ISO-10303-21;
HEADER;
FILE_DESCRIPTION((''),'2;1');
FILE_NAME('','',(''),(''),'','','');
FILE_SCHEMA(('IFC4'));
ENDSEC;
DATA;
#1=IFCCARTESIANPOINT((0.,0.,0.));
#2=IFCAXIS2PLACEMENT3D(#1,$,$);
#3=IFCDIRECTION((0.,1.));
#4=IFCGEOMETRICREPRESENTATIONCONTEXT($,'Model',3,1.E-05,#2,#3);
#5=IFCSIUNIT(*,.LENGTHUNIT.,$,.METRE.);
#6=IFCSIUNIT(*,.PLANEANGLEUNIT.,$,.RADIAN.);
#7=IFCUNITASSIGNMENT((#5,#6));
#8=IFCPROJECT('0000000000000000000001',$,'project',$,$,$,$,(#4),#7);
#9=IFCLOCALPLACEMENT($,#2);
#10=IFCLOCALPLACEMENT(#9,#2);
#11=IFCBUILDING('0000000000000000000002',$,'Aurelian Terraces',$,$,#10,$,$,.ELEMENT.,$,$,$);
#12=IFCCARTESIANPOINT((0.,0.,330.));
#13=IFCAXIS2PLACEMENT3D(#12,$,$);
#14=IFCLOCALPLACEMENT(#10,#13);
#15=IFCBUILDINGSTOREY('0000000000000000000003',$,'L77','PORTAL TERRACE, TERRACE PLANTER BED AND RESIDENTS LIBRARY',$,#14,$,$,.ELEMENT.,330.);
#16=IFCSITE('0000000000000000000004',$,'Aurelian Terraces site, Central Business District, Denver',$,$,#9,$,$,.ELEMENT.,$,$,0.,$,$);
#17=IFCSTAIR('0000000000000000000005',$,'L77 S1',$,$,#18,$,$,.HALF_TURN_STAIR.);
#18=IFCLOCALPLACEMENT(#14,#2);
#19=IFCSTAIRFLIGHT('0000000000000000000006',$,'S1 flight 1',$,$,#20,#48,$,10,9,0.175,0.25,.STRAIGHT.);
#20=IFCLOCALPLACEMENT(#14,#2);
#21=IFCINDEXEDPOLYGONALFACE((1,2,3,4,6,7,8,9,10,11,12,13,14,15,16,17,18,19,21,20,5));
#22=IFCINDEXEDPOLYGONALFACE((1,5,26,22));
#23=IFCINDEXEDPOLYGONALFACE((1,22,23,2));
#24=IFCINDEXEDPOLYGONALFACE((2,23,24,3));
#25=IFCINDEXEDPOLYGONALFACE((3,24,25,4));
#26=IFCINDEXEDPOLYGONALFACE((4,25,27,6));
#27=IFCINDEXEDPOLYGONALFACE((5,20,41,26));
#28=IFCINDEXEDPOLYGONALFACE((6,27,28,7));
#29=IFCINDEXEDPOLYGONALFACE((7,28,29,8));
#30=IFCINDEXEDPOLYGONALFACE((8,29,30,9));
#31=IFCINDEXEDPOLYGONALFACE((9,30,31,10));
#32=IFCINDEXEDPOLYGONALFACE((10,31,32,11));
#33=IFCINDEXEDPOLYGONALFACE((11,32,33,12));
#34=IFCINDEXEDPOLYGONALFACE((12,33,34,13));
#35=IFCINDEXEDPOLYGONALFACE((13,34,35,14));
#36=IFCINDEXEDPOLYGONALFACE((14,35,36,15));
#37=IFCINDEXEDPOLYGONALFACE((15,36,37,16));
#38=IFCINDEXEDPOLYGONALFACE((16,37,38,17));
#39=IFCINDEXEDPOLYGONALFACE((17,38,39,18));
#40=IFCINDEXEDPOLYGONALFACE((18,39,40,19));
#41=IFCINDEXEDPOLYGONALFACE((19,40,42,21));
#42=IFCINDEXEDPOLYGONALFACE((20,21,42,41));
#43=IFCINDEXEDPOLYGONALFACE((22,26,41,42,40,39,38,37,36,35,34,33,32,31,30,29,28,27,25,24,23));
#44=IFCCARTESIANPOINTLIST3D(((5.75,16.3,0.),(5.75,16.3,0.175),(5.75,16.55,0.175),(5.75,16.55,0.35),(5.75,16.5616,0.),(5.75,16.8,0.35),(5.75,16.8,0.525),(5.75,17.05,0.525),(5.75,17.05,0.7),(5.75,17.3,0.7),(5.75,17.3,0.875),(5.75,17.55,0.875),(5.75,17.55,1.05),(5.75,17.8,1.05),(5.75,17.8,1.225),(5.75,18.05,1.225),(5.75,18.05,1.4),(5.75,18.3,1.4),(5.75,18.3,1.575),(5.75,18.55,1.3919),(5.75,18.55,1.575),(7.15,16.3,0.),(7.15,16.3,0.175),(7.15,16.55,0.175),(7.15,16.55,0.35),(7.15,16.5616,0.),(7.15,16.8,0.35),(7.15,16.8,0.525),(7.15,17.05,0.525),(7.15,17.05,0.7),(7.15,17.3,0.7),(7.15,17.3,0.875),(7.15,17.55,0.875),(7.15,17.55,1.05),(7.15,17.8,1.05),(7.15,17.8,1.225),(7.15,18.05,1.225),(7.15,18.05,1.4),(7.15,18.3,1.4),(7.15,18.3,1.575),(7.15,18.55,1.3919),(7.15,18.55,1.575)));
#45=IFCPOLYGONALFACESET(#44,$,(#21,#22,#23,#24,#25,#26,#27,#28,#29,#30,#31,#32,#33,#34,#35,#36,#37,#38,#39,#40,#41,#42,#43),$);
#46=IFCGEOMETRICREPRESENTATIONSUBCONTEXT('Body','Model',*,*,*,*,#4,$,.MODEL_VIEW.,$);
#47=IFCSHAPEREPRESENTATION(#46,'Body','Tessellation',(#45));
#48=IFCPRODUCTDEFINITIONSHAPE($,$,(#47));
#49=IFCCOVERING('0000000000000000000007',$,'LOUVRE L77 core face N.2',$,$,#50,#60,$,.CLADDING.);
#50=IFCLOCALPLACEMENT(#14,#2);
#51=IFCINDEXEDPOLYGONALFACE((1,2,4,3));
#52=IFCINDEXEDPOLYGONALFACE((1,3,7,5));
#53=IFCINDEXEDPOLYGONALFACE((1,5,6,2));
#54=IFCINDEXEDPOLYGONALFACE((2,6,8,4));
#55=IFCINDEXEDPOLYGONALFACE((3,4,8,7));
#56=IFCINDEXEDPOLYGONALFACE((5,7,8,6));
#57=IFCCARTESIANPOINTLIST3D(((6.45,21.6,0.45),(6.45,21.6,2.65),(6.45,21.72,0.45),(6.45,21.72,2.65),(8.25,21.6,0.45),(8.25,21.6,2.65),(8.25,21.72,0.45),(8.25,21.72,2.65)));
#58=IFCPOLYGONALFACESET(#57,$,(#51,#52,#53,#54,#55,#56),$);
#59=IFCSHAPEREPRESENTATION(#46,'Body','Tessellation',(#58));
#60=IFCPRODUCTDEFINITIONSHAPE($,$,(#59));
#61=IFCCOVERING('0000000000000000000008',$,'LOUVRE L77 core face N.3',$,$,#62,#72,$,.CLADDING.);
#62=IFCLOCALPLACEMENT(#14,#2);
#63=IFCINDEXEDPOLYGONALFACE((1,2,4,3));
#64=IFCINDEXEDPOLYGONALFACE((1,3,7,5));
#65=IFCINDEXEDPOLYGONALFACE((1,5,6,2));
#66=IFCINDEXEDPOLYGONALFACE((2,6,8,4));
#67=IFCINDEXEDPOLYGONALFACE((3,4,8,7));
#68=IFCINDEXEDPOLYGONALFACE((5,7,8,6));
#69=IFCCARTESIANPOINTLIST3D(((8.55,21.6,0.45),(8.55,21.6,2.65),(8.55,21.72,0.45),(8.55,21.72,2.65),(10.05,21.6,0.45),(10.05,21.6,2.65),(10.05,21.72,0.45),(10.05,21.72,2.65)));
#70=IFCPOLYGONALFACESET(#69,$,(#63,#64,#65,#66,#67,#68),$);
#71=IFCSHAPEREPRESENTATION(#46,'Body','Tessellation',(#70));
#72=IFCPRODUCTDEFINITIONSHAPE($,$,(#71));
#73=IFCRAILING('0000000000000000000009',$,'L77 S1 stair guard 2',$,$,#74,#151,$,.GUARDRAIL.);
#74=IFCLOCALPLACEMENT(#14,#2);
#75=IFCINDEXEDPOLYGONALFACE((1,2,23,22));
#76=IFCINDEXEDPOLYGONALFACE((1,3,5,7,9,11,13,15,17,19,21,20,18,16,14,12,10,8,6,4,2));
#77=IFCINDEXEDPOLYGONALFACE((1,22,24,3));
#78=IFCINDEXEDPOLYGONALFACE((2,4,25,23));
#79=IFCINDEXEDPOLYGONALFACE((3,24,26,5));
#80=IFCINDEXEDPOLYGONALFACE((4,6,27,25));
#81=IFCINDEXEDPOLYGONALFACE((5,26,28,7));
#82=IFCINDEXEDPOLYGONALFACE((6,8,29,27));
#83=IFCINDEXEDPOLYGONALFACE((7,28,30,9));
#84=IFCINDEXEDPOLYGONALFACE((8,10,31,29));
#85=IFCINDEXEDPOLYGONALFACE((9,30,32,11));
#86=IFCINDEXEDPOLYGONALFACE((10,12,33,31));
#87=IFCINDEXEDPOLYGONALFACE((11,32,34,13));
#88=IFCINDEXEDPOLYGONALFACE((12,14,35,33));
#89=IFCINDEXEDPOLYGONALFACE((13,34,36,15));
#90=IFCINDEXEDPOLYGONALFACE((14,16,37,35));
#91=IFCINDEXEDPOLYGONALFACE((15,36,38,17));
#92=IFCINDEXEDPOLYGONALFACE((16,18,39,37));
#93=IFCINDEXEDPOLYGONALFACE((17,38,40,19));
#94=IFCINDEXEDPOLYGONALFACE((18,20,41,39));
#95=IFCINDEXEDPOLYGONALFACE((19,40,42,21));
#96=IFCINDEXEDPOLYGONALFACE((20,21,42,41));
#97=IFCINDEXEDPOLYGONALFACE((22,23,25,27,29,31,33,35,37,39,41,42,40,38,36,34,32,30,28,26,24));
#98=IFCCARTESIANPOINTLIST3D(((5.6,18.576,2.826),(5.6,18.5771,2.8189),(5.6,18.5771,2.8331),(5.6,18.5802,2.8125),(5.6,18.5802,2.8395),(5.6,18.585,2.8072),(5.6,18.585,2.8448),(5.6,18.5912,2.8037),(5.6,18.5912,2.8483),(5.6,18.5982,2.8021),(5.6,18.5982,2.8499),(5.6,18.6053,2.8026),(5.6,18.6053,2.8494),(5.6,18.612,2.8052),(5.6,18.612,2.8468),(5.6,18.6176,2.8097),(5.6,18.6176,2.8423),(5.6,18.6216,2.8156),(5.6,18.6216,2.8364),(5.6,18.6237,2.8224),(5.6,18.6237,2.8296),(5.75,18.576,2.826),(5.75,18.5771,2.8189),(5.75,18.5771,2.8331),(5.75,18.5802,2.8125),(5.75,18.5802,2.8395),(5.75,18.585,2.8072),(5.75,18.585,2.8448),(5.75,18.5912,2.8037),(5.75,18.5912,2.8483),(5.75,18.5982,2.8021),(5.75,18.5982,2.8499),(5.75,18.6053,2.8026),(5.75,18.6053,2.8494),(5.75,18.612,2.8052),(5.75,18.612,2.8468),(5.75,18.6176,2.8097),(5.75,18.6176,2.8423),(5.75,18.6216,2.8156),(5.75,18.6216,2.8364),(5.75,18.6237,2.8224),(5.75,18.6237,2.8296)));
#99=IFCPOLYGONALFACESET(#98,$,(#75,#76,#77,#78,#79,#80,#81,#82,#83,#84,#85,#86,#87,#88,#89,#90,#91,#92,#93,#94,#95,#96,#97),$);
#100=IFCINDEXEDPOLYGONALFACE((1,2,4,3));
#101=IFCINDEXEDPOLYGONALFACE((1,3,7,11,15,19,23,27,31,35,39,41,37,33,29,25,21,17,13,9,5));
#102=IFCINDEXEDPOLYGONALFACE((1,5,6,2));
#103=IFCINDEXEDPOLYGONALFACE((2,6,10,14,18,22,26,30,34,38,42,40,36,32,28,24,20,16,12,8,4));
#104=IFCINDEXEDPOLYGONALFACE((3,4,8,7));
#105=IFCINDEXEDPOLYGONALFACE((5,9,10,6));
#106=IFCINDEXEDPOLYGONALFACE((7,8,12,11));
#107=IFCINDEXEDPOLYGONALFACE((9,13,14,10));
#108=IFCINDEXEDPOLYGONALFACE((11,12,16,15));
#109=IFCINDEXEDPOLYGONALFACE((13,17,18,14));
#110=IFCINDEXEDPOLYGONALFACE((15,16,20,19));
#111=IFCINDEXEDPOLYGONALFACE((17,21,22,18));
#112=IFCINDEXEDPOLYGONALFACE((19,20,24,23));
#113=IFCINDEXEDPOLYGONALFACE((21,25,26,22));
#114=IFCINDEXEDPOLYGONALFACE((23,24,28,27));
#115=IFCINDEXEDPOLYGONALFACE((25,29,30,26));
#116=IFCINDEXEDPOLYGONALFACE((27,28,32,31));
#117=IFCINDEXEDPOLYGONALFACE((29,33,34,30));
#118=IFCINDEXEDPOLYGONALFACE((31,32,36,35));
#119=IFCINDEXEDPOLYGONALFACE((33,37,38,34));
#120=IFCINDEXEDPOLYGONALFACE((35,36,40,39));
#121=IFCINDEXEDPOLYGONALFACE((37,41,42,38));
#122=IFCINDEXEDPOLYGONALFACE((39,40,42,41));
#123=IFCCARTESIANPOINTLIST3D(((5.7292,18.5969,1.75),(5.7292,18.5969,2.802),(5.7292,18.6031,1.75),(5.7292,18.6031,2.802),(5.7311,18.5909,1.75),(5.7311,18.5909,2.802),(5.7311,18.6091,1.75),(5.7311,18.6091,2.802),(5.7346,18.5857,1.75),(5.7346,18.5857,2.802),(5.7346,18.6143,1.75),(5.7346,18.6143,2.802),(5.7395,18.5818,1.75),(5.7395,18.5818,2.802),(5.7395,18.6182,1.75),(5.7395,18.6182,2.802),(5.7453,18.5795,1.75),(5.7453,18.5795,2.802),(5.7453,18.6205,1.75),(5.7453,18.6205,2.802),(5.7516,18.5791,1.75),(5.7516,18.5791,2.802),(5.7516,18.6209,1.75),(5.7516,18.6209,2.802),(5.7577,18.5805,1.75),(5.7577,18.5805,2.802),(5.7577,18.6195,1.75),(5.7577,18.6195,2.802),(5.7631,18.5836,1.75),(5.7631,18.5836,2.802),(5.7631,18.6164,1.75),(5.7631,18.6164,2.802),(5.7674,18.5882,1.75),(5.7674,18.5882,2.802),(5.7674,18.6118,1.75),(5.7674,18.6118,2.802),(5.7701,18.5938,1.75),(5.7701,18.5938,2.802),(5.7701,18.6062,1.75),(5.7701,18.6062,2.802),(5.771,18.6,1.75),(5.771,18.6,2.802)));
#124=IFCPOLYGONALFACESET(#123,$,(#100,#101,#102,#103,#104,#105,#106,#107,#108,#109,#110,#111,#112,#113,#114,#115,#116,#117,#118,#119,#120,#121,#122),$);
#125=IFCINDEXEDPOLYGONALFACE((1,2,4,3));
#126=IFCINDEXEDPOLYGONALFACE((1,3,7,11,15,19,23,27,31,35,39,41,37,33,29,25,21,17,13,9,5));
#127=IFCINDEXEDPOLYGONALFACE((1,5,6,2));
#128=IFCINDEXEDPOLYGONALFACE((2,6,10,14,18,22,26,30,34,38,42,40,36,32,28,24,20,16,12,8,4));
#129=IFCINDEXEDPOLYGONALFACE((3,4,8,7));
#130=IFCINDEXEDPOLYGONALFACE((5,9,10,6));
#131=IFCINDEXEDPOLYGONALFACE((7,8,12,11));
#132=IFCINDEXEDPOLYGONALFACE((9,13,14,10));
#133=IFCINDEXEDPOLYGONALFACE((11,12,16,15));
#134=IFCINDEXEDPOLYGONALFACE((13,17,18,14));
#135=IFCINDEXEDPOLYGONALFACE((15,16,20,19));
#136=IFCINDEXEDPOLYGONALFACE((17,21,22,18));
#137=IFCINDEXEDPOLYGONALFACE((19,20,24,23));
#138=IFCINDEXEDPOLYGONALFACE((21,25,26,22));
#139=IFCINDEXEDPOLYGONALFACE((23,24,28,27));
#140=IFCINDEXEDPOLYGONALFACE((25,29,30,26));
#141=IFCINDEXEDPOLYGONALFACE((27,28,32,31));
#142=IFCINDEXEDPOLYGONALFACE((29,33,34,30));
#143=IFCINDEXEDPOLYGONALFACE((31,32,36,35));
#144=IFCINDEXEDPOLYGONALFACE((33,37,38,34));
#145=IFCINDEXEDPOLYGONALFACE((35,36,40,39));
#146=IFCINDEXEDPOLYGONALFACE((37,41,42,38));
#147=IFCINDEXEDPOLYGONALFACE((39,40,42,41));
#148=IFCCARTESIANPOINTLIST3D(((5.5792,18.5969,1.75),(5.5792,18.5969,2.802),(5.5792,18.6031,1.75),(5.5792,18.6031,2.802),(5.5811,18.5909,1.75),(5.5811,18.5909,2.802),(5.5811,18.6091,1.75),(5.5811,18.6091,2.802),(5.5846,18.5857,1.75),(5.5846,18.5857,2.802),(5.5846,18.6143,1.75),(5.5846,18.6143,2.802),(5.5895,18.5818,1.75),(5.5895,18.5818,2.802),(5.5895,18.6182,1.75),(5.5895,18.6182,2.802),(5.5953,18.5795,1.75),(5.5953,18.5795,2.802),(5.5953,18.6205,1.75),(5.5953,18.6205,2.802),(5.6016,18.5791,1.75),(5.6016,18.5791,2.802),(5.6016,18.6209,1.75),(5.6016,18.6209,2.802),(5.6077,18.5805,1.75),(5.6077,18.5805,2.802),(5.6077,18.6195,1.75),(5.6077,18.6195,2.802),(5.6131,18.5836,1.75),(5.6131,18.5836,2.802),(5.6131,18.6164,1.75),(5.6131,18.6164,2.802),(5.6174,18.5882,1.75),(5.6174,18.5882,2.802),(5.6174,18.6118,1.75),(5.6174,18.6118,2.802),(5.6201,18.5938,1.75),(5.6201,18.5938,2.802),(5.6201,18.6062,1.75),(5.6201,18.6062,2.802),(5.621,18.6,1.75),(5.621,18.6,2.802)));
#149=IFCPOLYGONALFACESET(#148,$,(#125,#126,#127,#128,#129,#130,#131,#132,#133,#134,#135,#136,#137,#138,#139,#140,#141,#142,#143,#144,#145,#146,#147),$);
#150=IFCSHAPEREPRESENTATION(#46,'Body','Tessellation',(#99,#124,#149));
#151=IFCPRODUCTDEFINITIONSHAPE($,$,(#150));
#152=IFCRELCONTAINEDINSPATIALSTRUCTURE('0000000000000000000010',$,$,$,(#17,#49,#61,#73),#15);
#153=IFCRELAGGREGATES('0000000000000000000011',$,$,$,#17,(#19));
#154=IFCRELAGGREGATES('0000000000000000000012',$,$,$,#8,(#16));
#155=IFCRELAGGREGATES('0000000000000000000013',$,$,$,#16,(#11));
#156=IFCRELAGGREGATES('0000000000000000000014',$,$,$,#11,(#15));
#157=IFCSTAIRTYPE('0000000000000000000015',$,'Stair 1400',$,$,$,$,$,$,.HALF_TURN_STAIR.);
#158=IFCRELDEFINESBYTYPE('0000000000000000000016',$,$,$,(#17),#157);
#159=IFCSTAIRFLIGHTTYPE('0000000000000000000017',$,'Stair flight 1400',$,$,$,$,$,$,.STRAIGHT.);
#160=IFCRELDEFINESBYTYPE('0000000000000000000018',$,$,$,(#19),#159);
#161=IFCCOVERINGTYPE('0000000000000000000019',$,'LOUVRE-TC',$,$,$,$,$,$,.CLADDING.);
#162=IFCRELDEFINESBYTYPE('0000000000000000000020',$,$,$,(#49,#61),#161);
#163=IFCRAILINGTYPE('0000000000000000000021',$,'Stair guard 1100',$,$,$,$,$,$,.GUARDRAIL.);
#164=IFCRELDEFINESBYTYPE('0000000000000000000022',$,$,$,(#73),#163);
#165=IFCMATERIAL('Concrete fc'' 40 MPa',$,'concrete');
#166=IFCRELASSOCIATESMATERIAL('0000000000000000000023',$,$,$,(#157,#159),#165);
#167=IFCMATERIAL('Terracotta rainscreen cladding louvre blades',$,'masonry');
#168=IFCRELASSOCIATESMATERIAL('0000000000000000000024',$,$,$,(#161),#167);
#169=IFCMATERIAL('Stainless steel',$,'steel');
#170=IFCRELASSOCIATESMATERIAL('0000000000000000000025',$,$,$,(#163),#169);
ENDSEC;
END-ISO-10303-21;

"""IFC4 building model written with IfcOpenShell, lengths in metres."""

from ifc_helpers import new_model, si_unit, direction, frame, origin, origin_2d, place, context, subcontext, project, spatial, polyline, rectangle, circle, outline, extrude, source, transform, mapped, material, type_object, element, aggregate, save


model = new_model("IFC4")

# Units and contexts
model_context = context("Model", 3, precision=1e-05, world=origin(), true_north=direction((0.0, 1.0)))
body_context = subcontext(model_context, "Body", "Model", "MODEL_VIEW")
ifc_project = project(units=[si_unit("LENGTHUNIT", "METRE"), si_unit("PLANEANGLEUNIT", "RADIAN")], contexts=[model_context])

# Site, building, storey
site_placement = place(None, origin())
site = spatial("IfcSite", under=ifc_project, at=site_placement, Name="Aurelian Terraces site, Central Business District, Denver", CompositionType="ELEMENT", RefElevation=0.0)
building_placement = place(site_placement, origin())
building = spatial("IfcBuilding", under=site, at=building_placement, Name="Aurelian Terraces", CompositionType="ELEMENT")
storey_placement = place(building_placement, frame((0.0, 0.0, 330.0)))
storey = spatial("IfcBuildingStorey", under=building, at=storey_placement, Name="L77", Description="PORTAL TERRACE, TERRACE PLANTER BED AND RESIDENTS LIBRARY", CompositionType="ELEMENT", Elevation=330.0)

# Stair, stair flight
ifc_material_1 = material(Name="Concrete fc' 40 MPa", Category="concrete")
stair_type = type_object("IfcStairType", Name="Stair 1400", PredefinedType="HALF_TURN_STAIR", material=ifc_material_1)
stair_placement = place(storey_placement, origin())
stair = element("IfcStair", 1, at=stair_placement, inside=storey, type_object=stair_type, Name="L77 S1", PredefinedType="HALF_TURN_STAIR")
stair_flight_type = type_object("IfcStairFlightType", Name="Stair flight 1400", PredefinedType="STRAIGHT", material=ifc_material_1)
shared_shape_1 = source(origin(), body_context, "Body", "SweptSolid", [
    extrude(outline(polyline([(0.0, 0.0), (0.0, 0.175), (0.25, 0.175), (0.25, 0.35), (0.5, 0.35), (0.5, 0.525), (0.75, 0.525), (0.75, 0.7), (1.0, 0.7), (1.0, 0.875), (1.25, 0.875), (1.25, 1.05), (1.5, 1.05), (1.5, 1.225), (1.75, 1.225), (1.75, 1.4), (2.0, 1.4), (2.0, 1.575), (2.25, 1.575), (2.25, 1.75), (2.25, 1.3919), (0.2616, 0.0), (0.0, 0.0)])), frame((0.0, 0.7, 0.0), z_axis=(0.0, -1.0, 0.0), x_axis=(1.0, 0.0, 0.0)), (0.0, 0.0, 1.0), 1.4),
])
stair_flight_placement = place(storey_placement, frame((6.45, 16.3, 0.0), z_axis=(0.0, 0.0, 1.0), x_axis=(0.0, 1.0, 0.0)))
stair_flight = element("IfcStairFlight", 2, at=stair_flight_placement, type_object=stair_flight_type, Name="S1 flight 1", NumberOfRisers=10, NumberOfTreads=9, PredefinedType="STRAIGHT", RiserHeight=0.175, TreadLength=0.25, context=body_context, shape_type="MappedRepresentation", body=[
    mapped(shared_shape_1, transform((0.0, 0.0, 0.0), scale=1.0)),
])
aggregate(stair, [stair_flight])

# Coverings
ifc_material_2 = material(Name="Terracotta rainscreen cladding louvre blades", Category="masonry")
covering_type = type_object("IfcCoveringType", Name="LOUVRE-TC", PredefinedType="CLADDING", material=ifc_material_2)
shared_shape_2 = source(origin(), body_context, "Body", "SweptSolid", [
    extrude(rectangle(XDim=1.8, YDim=0.12, at=origin_2d()), origin(), (0.0, 0.0, 1.0), 2.2),
])
covering_1_placement = place(storey_placement, frame((7.35, 21.66, 0.45), z_axis=(0.0, 0.0, 1.0), x_axis=(1.0, 0.0, 0.0)))
element("IfcCovering", 3, at=covering_1_placement, inside=storey, type_object=covering_type, Name="LOUVRE L77 core face N.2", PredefinedType="CLADDING", context=body_context, shape_type="MappedRepresentation", body=[
    mapped(shared_shape_2, transform((0.0, 0.0, 0.0), scale=1.0)),
])
shared_shape_3 = source(origin(), body_context, "Body", "SweptSolid", [
    extrude(rectangle(XDim=1.5, YDim=0.12, at=origin_2d()), origin(), (0.0, 0.0, 1.0), 2.2),
])
covering_2_placement = place(storey_placement, frame((9.3, 21.66, 0.45), z_axis=(0.0, 0.0, 1.0), x_axis=(1.0, 0.0, 0.0)))
element("IfcCovering", 4, at=covering_2_placement, inside=storey, type_object=covering_type, Name="LOUVRE L77 core face N.3", PredefinedType="CLADDING", context=body_context, shape_type="MappedRepresentation", body=[
    mapped(shared_shape_3, transform((0.0, 0.0, 0.0), scale=1.0)),
])

# Railing
ifc_material_3 = material(Name="Stainless steel", Category="steel")
railing_type_1 = type_object("IfcRailingType", Name="Stair guard 1100", PredefinedType="GUARDRAIL", material=ifc_material_3)
shared_shape_4 = source(origin(), body_context, "Body", "SweptSolid", [
    extrude(circle(Radius=0.024, at=origin_2d()), frame((0.0, 0.0, 1.076), z_axis=(-1.0, 0.0, 0.0), x_axis=(0.0, -1.0, 0.0)), (0.0, 0.0, 1.0), 0.15),
    extrude(circle(Radius=0.021, at=origin_2d()), origin(), (0.0, 0.0, 1.0), 1.052),
    extrude(circle(Radius=0.021, at=origin_2d()), frame((-0.15, 0.0, 0.0)), (0.0, 0.0, 1.0), 1.052),
])
for number, where, name in (
    (5, (5.75, 18.6, 1.75), "L77 S1 stair guard 2"),
):
    element("IfcRailing", number, at=place(storey_placement, frame(where)), inside=storey, type_object=railing_type_1, Name=name, PredefinedType="GUARDRAIL", context=body_context, shape_type="MappedRepresentation", body=[
        mapped(shared_shape_4, transform((0.0, 0.0, 0.0), scale=1.0)),
    ])

save(model, "model.ifc")
